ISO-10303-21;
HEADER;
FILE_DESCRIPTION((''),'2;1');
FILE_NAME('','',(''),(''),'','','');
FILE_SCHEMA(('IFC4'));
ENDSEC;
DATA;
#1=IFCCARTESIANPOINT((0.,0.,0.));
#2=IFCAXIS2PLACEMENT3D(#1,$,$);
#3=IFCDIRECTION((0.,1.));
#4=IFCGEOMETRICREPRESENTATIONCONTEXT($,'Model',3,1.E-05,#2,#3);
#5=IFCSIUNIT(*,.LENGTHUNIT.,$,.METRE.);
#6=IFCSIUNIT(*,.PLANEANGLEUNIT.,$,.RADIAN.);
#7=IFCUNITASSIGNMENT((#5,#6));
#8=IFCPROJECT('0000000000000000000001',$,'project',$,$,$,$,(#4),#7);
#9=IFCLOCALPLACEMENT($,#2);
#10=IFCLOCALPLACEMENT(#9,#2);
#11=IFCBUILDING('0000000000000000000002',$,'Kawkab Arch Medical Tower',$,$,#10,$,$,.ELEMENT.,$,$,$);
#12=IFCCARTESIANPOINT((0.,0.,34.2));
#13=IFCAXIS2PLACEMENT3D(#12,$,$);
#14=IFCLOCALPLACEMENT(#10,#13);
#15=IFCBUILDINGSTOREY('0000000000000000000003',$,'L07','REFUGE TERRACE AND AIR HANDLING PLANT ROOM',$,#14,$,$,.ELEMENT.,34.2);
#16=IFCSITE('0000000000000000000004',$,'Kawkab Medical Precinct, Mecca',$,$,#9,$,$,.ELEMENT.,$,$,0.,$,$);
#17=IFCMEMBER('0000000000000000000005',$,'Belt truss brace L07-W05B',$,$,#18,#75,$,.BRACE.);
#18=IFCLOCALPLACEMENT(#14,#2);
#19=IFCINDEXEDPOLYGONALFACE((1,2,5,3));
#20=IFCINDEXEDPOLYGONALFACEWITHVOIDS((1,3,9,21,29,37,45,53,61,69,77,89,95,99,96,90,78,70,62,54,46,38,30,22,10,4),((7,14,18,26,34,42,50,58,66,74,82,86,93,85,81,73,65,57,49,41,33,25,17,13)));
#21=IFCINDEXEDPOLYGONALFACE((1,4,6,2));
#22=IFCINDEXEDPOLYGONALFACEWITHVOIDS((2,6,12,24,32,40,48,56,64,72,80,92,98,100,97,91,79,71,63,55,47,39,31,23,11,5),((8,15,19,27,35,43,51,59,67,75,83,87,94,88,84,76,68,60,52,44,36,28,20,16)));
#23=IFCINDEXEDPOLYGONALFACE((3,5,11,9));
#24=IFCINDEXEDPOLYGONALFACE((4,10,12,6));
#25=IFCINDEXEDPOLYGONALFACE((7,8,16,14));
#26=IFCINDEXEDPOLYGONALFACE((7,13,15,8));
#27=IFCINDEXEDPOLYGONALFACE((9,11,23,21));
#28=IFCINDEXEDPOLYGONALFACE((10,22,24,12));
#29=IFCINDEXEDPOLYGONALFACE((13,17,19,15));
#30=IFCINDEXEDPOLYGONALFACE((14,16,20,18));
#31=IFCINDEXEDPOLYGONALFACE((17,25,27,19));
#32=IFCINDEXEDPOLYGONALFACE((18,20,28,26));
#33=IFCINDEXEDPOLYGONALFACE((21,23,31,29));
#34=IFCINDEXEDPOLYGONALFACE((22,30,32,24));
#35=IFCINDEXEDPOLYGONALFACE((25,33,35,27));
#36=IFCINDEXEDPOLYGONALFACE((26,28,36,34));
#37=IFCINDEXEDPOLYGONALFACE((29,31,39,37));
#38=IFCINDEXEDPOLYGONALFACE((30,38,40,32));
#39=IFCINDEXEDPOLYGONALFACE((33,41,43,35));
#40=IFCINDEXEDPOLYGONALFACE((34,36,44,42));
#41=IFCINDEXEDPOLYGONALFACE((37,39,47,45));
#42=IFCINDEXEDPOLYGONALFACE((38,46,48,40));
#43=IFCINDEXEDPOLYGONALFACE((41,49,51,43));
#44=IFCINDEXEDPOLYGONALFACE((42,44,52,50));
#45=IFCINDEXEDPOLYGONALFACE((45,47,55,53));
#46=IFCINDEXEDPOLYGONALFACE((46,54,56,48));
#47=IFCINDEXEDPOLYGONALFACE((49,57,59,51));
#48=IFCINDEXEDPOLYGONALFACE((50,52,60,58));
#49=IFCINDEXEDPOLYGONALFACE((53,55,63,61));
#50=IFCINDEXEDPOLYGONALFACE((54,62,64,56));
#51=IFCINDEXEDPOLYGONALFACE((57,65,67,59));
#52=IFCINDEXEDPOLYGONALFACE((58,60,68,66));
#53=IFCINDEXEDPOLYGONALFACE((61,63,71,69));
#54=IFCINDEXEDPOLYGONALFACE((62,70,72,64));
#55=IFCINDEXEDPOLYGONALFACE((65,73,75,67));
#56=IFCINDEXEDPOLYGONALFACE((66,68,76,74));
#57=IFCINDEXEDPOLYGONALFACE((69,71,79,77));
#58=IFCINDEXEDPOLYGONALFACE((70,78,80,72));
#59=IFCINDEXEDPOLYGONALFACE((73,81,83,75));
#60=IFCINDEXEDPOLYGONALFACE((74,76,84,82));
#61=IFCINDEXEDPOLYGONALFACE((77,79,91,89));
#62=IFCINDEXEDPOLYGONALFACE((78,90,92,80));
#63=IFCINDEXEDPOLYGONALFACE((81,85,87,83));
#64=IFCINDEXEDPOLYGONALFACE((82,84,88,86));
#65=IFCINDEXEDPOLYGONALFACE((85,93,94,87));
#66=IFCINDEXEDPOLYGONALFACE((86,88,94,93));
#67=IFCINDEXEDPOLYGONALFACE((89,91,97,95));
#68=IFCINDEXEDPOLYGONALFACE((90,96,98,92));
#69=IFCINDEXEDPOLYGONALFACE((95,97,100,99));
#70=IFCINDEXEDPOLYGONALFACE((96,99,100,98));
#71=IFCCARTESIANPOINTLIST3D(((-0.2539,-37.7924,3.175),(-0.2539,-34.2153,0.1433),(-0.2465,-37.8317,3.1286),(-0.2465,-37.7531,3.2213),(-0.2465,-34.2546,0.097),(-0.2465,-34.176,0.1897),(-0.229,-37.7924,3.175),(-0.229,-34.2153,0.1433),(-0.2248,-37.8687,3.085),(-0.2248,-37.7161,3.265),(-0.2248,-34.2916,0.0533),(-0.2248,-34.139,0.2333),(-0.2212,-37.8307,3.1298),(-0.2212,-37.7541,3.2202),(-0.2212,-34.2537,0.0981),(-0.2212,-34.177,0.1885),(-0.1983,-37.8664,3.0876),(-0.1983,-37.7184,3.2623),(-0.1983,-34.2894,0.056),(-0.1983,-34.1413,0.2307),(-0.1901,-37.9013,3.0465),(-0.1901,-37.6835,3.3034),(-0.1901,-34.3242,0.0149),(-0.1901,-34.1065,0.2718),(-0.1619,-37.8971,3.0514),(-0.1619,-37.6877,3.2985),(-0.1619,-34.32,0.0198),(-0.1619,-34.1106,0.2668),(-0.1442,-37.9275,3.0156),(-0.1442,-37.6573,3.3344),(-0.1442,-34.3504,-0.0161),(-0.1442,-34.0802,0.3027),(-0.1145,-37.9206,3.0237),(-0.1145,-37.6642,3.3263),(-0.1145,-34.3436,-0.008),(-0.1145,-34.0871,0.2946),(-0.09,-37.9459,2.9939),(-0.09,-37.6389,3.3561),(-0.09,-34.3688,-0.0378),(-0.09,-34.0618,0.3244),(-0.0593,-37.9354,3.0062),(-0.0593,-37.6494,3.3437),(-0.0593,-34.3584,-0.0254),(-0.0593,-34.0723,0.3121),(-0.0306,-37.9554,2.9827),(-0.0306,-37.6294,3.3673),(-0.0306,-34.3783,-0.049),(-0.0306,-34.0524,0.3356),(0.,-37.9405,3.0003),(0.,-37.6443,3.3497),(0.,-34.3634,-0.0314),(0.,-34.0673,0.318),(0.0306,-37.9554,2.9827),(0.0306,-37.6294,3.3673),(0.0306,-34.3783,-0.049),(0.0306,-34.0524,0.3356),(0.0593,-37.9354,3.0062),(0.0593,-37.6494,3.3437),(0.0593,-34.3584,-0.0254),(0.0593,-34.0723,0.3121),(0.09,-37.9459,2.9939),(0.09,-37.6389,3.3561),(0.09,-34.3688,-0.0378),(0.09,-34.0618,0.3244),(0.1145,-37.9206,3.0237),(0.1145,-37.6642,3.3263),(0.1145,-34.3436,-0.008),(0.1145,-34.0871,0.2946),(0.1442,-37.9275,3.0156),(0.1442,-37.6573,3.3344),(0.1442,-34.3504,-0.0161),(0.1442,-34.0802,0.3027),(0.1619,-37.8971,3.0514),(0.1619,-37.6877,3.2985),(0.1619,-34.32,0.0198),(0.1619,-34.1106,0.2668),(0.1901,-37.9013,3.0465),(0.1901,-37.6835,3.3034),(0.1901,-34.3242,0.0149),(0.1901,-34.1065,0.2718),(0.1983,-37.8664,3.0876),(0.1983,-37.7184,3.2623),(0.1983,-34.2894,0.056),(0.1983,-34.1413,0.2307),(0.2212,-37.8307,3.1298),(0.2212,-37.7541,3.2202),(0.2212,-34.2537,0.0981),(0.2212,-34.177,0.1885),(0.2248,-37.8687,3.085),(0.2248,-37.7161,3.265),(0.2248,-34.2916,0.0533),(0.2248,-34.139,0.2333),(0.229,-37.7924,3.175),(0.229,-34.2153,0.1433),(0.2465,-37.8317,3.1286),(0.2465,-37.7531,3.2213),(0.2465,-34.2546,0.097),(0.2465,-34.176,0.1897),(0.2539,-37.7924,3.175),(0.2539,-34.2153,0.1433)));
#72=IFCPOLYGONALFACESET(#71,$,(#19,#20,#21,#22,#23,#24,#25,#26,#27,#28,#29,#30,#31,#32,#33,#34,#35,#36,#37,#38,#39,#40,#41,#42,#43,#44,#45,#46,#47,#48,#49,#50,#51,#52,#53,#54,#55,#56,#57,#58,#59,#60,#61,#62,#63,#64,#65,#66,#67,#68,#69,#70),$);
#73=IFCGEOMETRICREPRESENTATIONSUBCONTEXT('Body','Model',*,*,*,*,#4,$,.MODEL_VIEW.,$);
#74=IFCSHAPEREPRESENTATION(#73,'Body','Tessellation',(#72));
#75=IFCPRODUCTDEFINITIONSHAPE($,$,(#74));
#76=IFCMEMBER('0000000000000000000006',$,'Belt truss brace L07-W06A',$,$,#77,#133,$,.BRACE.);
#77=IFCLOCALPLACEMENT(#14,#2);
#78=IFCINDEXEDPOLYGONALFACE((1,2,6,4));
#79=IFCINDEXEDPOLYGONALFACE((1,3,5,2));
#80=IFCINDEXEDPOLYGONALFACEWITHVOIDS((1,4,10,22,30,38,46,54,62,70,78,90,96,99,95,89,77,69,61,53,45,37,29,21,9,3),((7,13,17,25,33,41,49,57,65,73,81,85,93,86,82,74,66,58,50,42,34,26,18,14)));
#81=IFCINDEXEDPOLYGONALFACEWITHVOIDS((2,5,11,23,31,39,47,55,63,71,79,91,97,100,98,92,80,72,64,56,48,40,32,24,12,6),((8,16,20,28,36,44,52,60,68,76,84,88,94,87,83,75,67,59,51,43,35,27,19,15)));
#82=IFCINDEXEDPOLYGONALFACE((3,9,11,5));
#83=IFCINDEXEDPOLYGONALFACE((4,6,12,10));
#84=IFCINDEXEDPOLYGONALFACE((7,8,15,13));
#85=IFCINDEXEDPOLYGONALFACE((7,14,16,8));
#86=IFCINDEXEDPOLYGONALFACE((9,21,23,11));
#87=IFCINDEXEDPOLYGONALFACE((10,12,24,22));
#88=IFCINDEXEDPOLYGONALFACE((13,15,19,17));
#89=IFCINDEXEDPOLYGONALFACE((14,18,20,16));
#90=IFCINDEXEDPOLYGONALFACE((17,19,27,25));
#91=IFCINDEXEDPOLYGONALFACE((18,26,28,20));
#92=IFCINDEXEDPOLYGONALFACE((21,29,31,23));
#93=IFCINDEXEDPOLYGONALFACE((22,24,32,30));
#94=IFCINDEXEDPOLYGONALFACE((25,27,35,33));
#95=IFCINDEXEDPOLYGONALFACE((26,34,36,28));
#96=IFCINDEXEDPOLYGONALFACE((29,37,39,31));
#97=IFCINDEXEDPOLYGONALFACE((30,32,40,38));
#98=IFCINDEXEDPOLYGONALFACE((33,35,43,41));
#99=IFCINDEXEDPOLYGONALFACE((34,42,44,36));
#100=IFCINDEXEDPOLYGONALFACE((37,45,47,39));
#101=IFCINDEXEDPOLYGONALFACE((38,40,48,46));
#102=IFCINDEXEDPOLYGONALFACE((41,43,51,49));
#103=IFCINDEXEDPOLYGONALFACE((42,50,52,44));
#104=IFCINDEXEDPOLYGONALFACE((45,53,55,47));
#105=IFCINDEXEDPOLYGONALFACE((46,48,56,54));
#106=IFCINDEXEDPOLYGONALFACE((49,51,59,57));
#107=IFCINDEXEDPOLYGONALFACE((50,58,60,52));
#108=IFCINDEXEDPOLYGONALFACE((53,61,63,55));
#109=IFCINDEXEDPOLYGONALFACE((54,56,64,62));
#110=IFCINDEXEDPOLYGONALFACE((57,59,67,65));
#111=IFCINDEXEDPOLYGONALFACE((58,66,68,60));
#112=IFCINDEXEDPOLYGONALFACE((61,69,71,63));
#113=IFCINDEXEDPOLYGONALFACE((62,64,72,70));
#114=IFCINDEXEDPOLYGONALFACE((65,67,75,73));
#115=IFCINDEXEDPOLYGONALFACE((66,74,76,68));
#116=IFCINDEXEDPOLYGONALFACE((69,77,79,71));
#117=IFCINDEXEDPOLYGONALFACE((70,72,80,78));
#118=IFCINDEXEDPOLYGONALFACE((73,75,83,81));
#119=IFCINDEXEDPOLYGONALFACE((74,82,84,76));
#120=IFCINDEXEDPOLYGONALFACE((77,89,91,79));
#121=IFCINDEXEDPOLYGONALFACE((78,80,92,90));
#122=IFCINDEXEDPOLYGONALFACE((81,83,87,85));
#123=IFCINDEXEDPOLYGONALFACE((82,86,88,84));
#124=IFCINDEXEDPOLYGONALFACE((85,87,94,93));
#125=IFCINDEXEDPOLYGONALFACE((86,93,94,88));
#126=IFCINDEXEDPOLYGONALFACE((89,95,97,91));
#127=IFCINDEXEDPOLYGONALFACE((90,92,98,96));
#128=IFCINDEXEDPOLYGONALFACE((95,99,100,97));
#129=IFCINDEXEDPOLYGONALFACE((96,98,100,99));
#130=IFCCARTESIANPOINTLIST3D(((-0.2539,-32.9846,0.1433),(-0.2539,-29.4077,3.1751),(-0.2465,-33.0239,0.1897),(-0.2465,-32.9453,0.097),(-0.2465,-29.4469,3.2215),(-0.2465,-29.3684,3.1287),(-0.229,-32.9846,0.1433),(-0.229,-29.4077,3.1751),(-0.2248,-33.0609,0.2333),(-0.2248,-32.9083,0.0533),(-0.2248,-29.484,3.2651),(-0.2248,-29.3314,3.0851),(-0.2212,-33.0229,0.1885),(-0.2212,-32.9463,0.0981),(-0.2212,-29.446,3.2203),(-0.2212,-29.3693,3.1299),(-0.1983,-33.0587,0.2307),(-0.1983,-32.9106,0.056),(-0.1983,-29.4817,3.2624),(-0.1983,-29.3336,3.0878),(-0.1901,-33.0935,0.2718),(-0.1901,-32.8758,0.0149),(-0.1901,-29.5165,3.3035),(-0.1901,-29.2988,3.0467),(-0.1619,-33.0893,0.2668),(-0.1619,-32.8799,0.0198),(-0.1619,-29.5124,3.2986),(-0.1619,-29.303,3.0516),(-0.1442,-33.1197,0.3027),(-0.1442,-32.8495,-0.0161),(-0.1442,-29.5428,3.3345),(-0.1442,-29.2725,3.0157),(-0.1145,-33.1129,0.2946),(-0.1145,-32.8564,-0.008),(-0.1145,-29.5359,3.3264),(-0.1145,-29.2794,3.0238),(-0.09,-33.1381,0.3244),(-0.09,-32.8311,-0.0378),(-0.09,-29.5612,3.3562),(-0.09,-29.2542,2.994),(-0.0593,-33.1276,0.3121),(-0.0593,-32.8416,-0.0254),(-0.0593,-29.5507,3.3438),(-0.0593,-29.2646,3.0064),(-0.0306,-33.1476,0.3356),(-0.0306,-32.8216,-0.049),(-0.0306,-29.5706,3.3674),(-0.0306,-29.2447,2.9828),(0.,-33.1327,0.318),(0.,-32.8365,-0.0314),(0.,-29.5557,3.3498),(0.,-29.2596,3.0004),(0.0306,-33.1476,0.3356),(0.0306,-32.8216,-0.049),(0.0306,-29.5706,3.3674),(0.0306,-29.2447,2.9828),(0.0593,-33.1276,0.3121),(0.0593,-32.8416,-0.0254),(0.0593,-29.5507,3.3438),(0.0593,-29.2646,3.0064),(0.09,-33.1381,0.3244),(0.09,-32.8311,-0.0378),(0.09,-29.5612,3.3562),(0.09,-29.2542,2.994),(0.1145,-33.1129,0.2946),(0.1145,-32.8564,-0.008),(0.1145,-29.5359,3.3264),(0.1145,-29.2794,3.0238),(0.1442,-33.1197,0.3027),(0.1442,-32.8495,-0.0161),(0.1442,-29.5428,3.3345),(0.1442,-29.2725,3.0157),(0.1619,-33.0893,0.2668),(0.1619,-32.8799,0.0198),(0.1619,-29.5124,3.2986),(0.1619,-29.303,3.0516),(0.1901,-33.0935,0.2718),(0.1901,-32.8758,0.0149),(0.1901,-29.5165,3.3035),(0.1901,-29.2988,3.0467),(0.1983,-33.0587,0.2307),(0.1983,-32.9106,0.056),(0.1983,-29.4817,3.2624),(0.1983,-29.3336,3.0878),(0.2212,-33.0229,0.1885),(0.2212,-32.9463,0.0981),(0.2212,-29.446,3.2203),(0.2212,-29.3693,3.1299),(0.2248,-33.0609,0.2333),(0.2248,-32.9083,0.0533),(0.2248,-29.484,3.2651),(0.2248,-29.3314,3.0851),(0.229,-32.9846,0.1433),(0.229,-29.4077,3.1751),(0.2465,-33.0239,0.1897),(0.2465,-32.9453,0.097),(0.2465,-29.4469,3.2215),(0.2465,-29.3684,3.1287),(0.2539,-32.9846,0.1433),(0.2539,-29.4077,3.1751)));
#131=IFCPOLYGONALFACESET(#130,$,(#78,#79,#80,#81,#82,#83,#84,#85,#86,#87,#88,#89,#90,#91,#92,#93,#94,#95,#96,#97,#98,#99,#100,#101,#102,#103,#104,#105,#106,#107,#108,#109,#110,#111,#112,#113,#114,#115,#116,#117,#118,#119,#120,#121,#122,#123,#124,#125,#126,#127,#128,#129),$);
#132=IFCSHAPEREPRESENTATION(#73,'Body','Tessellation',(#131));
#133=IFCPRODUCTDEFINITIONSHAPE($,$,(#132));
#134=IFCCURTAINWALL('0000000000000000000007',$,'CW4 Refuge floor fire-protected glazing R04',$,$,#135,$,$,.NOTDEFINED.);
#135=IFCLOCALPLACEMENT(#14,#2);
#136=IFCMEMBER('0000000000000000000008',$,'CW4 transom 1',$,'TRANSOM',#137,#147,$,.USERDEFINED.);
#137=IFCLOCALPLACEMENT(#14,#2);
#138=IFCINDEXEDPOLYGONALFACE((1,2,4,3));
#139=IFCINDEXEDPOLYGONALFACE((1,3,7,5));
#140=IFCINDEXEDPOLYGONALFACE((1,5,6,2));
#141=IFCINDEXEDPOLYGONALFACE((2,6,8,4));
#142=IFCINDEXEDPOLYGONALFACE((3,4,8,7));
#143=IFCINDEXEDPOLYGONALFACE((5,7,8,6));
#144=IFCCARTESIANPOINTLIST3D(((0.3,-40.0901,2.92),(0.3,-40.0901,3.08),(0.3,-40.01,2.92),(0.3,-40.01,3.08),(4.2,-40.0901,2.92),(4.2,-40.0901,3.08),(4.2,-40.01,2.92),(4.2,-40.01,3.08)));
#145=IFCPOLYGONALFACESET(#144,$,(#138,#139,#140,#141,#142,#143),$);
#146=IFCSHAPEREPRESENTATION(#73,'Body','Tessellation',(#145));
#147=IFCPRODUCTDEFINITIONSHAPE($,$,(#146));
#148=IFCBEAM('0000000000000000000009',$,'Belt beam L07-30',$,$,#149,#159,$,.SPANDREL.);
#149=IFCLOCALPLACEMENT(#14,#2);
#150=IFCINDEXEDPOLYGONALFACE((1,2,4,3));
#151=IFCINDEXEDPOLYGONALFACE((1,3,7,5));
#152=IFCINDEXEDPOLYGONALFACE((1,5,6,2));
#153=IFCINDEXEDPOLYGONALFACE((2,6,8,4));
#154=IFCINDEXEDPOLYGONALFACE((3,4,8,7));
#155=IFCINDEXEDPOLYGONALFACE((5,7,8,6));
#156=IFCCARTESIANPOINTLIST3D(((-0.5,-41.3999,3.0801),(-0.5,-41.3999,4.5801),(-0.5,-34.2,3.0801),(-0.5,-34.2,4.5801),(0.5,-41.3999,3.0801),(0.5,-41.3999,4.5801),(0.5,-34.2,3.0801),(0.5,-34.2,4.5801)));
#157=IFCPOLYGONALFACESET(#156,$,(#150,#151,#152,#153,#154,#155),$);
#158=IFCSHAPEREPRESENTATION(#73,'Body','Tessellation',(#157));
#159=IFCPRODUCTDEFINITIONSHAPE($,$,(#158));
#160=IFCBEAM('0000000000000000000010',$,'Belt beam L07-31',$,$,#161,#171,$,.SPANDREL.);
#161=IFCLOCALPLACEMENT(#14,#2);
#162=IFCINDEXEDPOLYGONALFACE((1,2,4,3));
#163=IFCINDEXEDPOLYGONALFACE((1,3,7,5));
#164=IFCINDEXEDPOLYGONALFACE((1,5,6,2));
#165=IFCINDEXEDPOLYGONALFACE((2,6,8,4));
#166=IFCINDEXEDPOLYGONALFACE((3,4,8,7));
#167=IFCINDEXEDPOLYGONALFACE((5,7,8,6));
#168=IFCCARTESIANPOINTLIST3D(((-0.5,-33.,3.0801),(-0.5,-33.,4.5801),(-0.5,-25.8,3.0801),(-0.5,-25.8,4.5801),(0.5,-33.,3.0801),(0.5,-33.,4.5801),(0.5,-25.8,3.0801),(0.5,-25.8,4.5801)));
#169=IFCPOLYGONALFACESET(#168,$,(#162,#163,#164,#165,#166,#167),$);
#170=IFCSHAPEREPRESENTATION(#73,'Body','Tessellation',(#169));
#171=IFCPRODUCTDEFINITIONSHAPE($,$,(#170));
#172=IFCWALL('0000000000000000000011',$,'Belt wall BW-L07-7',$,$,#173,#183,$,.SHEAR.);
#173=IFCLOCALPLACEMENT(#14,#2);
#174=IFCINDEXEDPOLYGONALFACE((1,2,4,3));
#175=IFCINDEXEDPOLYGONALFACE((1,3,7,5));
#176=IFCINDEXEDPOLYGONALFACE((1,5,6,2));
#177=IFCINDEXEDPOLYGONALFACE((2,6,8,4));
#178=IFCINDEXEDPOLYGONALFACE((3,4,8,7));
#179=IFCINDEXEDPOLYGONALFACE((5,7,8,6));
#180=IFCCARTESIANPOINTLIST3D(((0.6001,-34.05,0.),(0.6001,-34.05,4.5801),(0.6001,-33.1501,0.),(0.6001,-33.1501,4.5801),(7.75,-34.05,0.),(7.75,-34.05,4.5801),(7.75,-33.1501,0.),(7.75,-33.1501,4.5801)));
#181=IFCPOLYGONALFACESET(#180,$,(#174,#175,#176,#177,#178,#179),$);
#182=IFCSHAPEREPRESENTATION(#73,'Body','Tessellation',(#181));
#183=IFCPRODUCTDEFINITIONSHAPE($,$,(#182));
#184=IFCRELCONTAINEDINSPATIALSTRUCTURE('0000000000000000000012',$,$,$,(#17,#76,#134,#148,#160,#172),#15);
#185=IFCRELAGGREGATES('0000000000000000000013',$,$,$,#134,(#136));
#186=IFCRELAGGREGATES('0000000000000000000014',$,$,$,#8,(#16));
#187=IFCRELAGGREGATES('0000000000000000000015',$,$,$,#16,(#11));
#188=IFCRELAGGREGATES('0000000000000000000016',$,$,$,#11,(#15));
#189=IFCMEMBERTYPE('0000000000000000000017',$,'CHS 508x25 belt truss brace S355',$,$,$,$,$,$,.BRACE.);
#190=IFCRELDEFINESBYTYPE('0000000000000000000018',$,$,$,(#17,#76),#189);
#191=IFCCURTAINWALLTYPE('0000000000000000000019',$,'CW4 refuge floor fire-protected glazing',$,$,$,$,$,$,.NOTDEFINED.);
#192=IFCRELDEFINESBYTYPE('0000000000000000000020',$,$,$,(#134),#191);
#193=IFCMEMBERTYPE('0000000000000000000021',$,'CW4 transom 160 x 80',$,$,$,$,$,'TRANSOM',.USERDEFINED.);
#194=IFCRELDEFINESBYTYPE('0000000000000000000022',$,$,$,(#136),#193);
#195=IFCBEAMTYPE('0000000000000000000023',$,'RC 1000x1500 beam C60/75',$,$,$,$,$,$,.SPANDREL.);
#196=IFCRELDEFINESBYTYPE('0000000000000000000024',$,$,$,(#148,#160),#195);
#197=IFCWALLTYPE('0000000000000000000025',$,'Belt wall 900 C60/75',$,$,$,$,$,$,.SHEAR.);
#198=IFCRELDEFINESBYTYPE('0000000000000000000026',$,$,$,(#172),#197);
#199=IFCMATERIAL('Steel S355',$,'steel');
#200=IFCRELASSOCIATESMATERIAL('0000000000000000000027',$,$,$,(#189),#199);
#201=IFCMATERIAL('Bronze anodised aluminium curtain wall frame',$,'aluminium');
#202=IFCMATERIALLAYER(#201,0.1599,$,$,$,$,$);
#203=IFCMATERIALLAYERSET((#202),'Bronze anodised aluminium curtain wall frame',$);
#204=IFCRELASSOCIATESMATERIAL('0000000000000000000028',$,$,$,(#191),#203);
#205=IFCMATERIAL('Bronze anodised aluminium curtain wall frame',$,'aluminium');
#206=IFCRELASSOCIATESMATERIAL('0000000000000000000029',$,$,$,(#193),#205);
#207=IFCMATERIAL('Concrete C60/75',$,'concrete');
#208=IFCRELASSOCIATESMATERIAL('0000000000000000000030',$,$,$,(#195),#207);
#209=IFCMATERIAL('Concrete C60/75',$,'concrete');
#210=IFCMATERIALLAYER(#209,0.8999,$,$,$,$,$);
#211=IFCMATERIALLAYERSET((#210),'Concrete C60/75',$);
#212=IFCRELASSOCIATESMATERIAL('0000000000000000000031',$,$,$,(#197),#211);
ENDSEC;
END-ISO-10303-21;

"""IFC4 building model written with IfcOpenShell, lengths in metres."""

from ifc_helpers import new_model, si_unit, direction, frame, frame_2d, origin, origin_2d, place, context, subcontext, project, spatial, rectangle, hollow_circle, extrude, material, layer, layer_set, material_profile, profile_set, type_object, element, aggregate, save


model = new_model("IFC4")

# Units and contexts
model_context = context("Model", 3, precision=1e-05, world=origin(), true_north=direction((0.0, 1.0)))
body_context = subcontext(model_context, "Body", "Model", "MODEL_VIEW")
ifc_project = project(units=[si_unit("LENGTHUNIT", "METRE"), si_unit("PLANEANGLEUNIT", "RADIAN")], contexts=[model_context])

# Site, building, storey
site_placement = place(None, origin())
site = spatial("IfcSite", under=ifc_project, at=site_placement, Name="Kawkab Medical Precinct, Mecca", CompositionType="ELEMENT", RefElevation=0.0)
building_placement = place(site_placement, origin())
building = spatial("IfcBuilding", under=site, at=building_placement, Name="Kawkab Arch Medical Tower", CompositionType="ELEMENT")
storey_placement = place(building_placement, frame((0.0, 0.0, 34.2)))
storey = spatial("IfcBuildingStorey", under=building, at=storey_placement, Name="L07", Description="REFUGE TERRACE AND AIR HANDLING PLANT ROOM", CompositionType="ELEMENT", Elevation=34.2)

# Members
ifc_material_1 = material(Name="Steel S355", Category="steel")
ifc_material_profile_1 = material_profile(ifc_material_1, hollow_circle(Radius=0.2539, WallThickness=0.0249, at=origin_2d()), Name="CHS 508x25")
ifc_profile_set_1 = profile_set([ifc_material_profile_1], Name="Steel S355")
member_type_1 = type_object("IfcMemberType", Name="CHS 508x25 belt truss brace S355", PredefinedType="BRACE", material=ifc_profile_set_1)
for number, where, z_axis, x_axis, name in (
    (1, (0.0, -34.2153, 0.1433), (0.0, -0.762869, 0.646554), (1.0, 0.0, 0.0), "Belt truss brace L07-W05B"),
    (2, (0.0, -32.9846, 0.1433), (0.0, 0.762847, 0.646579), (-1.0, 0.0, 0.0), "Belt truss brace L07-W06A"),
):
    element("IfcMember", number, at=place(storey_placement, frame(where, z_axis=z_axis, x_axis=x_axis)), inside=storey, type_object=member_type_1, Name=name, PredefinedType="BRACE", context=body_context, shape_type="SweptSolid", body=[
        extrude(hollow_circle(Radius=0.2539, WallThickness=0.0249, at=origin_2d()), origin(), (0.0, 0.0, 1.0), 4.689),
    ])

# Curtain wall, member
ifc_material_2 = material(Name="Bronze anodised aluminium curtain wall frame", Category="aluminium")
ifc_layer_1 = layer(ifc_material_2, 0.1599)
ifc_layer_set_1 = layer_set([ifc_layer_1], Name="Bronze anodised aluminium curtain wall frame")
curtain_wall_type = type_object("IfcCurtainWallType", Name="CW4 refuge floor fire-protected glazing", PredefinedType="NOTDEFINED", material=ifc_layer_set_1)
placement = place(storey_placement, origin())
curtain_wall = element("IfcCurtainWall", 3, at=placement, inside=storey, type_object=curtain_wall_type, Name="CW4 Refuge floor fire-protected glazing R04", PredefinedType="NOTDEFINED")
ifc_material_3 = material(Name="Bronze anodised aluminium curtain wall frame", Category="aluminium")
ifc_material_profile_2 = material_profile(ifc_material_3, rectangle(XDim=0.0801, YDim=0.1599, at=origin_2d()), Name="AL 80x160")
ifc_profile_set_2 = profile_set([ifc_material_profile_2], Name="Bronze anodised aluminium curtain wall frame")
member_type_2 = type_object("IfcMemberType", Name="CW4 transom 160 x 80", ElementType="TRANSOM", PredefinedType="USERDEFINED", material=ifc_profile_set_2)
member_placement = place(storey_placement, frame((0.3, -40.05, 3.0), z_axis=(1.0, 0.0, 0.0), x_axis=(0.0, 1.0, 0.0)))
member = element("IfcMember", 4, at=member_placement, type_object=member_type_2, Name="CW4 transom 1", ObjectType="TRANSOM", PredefinedType="USERDEFINED", context=body_context, shape_type="SweptSolid", body=[
    extrude(rectangle(XDim=0.0801, YDim=0.1599, at=origin_2d()), origin(), (0.0, 0.0, 1.0), 3.8999),
])
aggregate(curtain_wall, [member])

# Beams
ifc_material_4 = material(Name="Concrete C60/75", Category="concrete")
ifc_material_profile_3 = material_profile(ifc_material_4, rectangle(XDim=1.0, YDim=1.5, at=origin_2d()), Name="RC 1000x1500")
ifc_profile_set_3 = profile_set([ifc_material_profile_3], Name="Concrete C60/75")
beam_type = type_object("IfcBeamType", Name="RC 1000x1500 beam C60/75", PredefinedType="SPANDREL", material=ifc_profile_set_3)
for number, where, z_axis, x_axis, name in (
    (5, (0.0, -41.3999, 3.8301), (0.0, 1.0, 0.0), (-1.0, 0.0, 0.0), "Belt beam L07-30"),
    (6, (0.0, -33.0, 3.8301), (0.0, 1.0, 0.0), (-1.0, 0.0, 0.0), "Belt beam L07-31"),
):
    element("IfcBeam", number, at=place(storey_placement, frame(where, z_axis=z_axis, x_axis=x_axis)), inside=storey, type_object=beam_type, Name=name, PredefinedType="SPANDREL", context=body_context, shape_type="SweptSolid", body=[
        extrude(rectangle(XDim=1.0, YDim=1.5, at=origin_2d()), origin(), (0.0, 0.0, 1.0), 7.2),
    ])

# Wall
ifc_material_5 = material(Name="Concrete C60/75", Category="concrete")
ifc_layer_2 = layer(ifc_material_5, 0.8999)
ifc_layer_set_2 = layer_set([ifc_layer_2], Name="Concrete C60/75")
wall_type_1 = type_object("IfcWallType", Name="Belt wall 900 C60/75", PredefinedType="SHEAR", material=ifc_layer_set_2)
wall_1_placement = place(storey_placement, frame((0.6001, -33.6001, 0.0), z_axis=(0.0, 0.0, 1.0), x_axis=(1.0, 0.0, 0.0)))
element("IfcWall", 7, at=wall_1_placement, inside=storey, type_object=wall_type_1, Name="Belt wall BW-L07-7", PredefinedType="SHEAR", context=body_context, shape_type="SweptSolid", body=[
    extrude(rectangle(XDim=7.1499, YDim=0.8999, at=frame_2d((3.575, 0.0))), origin(), (0.0, 0.0, 1.0), 4.5801),
])

save(model, "model.ifc")
